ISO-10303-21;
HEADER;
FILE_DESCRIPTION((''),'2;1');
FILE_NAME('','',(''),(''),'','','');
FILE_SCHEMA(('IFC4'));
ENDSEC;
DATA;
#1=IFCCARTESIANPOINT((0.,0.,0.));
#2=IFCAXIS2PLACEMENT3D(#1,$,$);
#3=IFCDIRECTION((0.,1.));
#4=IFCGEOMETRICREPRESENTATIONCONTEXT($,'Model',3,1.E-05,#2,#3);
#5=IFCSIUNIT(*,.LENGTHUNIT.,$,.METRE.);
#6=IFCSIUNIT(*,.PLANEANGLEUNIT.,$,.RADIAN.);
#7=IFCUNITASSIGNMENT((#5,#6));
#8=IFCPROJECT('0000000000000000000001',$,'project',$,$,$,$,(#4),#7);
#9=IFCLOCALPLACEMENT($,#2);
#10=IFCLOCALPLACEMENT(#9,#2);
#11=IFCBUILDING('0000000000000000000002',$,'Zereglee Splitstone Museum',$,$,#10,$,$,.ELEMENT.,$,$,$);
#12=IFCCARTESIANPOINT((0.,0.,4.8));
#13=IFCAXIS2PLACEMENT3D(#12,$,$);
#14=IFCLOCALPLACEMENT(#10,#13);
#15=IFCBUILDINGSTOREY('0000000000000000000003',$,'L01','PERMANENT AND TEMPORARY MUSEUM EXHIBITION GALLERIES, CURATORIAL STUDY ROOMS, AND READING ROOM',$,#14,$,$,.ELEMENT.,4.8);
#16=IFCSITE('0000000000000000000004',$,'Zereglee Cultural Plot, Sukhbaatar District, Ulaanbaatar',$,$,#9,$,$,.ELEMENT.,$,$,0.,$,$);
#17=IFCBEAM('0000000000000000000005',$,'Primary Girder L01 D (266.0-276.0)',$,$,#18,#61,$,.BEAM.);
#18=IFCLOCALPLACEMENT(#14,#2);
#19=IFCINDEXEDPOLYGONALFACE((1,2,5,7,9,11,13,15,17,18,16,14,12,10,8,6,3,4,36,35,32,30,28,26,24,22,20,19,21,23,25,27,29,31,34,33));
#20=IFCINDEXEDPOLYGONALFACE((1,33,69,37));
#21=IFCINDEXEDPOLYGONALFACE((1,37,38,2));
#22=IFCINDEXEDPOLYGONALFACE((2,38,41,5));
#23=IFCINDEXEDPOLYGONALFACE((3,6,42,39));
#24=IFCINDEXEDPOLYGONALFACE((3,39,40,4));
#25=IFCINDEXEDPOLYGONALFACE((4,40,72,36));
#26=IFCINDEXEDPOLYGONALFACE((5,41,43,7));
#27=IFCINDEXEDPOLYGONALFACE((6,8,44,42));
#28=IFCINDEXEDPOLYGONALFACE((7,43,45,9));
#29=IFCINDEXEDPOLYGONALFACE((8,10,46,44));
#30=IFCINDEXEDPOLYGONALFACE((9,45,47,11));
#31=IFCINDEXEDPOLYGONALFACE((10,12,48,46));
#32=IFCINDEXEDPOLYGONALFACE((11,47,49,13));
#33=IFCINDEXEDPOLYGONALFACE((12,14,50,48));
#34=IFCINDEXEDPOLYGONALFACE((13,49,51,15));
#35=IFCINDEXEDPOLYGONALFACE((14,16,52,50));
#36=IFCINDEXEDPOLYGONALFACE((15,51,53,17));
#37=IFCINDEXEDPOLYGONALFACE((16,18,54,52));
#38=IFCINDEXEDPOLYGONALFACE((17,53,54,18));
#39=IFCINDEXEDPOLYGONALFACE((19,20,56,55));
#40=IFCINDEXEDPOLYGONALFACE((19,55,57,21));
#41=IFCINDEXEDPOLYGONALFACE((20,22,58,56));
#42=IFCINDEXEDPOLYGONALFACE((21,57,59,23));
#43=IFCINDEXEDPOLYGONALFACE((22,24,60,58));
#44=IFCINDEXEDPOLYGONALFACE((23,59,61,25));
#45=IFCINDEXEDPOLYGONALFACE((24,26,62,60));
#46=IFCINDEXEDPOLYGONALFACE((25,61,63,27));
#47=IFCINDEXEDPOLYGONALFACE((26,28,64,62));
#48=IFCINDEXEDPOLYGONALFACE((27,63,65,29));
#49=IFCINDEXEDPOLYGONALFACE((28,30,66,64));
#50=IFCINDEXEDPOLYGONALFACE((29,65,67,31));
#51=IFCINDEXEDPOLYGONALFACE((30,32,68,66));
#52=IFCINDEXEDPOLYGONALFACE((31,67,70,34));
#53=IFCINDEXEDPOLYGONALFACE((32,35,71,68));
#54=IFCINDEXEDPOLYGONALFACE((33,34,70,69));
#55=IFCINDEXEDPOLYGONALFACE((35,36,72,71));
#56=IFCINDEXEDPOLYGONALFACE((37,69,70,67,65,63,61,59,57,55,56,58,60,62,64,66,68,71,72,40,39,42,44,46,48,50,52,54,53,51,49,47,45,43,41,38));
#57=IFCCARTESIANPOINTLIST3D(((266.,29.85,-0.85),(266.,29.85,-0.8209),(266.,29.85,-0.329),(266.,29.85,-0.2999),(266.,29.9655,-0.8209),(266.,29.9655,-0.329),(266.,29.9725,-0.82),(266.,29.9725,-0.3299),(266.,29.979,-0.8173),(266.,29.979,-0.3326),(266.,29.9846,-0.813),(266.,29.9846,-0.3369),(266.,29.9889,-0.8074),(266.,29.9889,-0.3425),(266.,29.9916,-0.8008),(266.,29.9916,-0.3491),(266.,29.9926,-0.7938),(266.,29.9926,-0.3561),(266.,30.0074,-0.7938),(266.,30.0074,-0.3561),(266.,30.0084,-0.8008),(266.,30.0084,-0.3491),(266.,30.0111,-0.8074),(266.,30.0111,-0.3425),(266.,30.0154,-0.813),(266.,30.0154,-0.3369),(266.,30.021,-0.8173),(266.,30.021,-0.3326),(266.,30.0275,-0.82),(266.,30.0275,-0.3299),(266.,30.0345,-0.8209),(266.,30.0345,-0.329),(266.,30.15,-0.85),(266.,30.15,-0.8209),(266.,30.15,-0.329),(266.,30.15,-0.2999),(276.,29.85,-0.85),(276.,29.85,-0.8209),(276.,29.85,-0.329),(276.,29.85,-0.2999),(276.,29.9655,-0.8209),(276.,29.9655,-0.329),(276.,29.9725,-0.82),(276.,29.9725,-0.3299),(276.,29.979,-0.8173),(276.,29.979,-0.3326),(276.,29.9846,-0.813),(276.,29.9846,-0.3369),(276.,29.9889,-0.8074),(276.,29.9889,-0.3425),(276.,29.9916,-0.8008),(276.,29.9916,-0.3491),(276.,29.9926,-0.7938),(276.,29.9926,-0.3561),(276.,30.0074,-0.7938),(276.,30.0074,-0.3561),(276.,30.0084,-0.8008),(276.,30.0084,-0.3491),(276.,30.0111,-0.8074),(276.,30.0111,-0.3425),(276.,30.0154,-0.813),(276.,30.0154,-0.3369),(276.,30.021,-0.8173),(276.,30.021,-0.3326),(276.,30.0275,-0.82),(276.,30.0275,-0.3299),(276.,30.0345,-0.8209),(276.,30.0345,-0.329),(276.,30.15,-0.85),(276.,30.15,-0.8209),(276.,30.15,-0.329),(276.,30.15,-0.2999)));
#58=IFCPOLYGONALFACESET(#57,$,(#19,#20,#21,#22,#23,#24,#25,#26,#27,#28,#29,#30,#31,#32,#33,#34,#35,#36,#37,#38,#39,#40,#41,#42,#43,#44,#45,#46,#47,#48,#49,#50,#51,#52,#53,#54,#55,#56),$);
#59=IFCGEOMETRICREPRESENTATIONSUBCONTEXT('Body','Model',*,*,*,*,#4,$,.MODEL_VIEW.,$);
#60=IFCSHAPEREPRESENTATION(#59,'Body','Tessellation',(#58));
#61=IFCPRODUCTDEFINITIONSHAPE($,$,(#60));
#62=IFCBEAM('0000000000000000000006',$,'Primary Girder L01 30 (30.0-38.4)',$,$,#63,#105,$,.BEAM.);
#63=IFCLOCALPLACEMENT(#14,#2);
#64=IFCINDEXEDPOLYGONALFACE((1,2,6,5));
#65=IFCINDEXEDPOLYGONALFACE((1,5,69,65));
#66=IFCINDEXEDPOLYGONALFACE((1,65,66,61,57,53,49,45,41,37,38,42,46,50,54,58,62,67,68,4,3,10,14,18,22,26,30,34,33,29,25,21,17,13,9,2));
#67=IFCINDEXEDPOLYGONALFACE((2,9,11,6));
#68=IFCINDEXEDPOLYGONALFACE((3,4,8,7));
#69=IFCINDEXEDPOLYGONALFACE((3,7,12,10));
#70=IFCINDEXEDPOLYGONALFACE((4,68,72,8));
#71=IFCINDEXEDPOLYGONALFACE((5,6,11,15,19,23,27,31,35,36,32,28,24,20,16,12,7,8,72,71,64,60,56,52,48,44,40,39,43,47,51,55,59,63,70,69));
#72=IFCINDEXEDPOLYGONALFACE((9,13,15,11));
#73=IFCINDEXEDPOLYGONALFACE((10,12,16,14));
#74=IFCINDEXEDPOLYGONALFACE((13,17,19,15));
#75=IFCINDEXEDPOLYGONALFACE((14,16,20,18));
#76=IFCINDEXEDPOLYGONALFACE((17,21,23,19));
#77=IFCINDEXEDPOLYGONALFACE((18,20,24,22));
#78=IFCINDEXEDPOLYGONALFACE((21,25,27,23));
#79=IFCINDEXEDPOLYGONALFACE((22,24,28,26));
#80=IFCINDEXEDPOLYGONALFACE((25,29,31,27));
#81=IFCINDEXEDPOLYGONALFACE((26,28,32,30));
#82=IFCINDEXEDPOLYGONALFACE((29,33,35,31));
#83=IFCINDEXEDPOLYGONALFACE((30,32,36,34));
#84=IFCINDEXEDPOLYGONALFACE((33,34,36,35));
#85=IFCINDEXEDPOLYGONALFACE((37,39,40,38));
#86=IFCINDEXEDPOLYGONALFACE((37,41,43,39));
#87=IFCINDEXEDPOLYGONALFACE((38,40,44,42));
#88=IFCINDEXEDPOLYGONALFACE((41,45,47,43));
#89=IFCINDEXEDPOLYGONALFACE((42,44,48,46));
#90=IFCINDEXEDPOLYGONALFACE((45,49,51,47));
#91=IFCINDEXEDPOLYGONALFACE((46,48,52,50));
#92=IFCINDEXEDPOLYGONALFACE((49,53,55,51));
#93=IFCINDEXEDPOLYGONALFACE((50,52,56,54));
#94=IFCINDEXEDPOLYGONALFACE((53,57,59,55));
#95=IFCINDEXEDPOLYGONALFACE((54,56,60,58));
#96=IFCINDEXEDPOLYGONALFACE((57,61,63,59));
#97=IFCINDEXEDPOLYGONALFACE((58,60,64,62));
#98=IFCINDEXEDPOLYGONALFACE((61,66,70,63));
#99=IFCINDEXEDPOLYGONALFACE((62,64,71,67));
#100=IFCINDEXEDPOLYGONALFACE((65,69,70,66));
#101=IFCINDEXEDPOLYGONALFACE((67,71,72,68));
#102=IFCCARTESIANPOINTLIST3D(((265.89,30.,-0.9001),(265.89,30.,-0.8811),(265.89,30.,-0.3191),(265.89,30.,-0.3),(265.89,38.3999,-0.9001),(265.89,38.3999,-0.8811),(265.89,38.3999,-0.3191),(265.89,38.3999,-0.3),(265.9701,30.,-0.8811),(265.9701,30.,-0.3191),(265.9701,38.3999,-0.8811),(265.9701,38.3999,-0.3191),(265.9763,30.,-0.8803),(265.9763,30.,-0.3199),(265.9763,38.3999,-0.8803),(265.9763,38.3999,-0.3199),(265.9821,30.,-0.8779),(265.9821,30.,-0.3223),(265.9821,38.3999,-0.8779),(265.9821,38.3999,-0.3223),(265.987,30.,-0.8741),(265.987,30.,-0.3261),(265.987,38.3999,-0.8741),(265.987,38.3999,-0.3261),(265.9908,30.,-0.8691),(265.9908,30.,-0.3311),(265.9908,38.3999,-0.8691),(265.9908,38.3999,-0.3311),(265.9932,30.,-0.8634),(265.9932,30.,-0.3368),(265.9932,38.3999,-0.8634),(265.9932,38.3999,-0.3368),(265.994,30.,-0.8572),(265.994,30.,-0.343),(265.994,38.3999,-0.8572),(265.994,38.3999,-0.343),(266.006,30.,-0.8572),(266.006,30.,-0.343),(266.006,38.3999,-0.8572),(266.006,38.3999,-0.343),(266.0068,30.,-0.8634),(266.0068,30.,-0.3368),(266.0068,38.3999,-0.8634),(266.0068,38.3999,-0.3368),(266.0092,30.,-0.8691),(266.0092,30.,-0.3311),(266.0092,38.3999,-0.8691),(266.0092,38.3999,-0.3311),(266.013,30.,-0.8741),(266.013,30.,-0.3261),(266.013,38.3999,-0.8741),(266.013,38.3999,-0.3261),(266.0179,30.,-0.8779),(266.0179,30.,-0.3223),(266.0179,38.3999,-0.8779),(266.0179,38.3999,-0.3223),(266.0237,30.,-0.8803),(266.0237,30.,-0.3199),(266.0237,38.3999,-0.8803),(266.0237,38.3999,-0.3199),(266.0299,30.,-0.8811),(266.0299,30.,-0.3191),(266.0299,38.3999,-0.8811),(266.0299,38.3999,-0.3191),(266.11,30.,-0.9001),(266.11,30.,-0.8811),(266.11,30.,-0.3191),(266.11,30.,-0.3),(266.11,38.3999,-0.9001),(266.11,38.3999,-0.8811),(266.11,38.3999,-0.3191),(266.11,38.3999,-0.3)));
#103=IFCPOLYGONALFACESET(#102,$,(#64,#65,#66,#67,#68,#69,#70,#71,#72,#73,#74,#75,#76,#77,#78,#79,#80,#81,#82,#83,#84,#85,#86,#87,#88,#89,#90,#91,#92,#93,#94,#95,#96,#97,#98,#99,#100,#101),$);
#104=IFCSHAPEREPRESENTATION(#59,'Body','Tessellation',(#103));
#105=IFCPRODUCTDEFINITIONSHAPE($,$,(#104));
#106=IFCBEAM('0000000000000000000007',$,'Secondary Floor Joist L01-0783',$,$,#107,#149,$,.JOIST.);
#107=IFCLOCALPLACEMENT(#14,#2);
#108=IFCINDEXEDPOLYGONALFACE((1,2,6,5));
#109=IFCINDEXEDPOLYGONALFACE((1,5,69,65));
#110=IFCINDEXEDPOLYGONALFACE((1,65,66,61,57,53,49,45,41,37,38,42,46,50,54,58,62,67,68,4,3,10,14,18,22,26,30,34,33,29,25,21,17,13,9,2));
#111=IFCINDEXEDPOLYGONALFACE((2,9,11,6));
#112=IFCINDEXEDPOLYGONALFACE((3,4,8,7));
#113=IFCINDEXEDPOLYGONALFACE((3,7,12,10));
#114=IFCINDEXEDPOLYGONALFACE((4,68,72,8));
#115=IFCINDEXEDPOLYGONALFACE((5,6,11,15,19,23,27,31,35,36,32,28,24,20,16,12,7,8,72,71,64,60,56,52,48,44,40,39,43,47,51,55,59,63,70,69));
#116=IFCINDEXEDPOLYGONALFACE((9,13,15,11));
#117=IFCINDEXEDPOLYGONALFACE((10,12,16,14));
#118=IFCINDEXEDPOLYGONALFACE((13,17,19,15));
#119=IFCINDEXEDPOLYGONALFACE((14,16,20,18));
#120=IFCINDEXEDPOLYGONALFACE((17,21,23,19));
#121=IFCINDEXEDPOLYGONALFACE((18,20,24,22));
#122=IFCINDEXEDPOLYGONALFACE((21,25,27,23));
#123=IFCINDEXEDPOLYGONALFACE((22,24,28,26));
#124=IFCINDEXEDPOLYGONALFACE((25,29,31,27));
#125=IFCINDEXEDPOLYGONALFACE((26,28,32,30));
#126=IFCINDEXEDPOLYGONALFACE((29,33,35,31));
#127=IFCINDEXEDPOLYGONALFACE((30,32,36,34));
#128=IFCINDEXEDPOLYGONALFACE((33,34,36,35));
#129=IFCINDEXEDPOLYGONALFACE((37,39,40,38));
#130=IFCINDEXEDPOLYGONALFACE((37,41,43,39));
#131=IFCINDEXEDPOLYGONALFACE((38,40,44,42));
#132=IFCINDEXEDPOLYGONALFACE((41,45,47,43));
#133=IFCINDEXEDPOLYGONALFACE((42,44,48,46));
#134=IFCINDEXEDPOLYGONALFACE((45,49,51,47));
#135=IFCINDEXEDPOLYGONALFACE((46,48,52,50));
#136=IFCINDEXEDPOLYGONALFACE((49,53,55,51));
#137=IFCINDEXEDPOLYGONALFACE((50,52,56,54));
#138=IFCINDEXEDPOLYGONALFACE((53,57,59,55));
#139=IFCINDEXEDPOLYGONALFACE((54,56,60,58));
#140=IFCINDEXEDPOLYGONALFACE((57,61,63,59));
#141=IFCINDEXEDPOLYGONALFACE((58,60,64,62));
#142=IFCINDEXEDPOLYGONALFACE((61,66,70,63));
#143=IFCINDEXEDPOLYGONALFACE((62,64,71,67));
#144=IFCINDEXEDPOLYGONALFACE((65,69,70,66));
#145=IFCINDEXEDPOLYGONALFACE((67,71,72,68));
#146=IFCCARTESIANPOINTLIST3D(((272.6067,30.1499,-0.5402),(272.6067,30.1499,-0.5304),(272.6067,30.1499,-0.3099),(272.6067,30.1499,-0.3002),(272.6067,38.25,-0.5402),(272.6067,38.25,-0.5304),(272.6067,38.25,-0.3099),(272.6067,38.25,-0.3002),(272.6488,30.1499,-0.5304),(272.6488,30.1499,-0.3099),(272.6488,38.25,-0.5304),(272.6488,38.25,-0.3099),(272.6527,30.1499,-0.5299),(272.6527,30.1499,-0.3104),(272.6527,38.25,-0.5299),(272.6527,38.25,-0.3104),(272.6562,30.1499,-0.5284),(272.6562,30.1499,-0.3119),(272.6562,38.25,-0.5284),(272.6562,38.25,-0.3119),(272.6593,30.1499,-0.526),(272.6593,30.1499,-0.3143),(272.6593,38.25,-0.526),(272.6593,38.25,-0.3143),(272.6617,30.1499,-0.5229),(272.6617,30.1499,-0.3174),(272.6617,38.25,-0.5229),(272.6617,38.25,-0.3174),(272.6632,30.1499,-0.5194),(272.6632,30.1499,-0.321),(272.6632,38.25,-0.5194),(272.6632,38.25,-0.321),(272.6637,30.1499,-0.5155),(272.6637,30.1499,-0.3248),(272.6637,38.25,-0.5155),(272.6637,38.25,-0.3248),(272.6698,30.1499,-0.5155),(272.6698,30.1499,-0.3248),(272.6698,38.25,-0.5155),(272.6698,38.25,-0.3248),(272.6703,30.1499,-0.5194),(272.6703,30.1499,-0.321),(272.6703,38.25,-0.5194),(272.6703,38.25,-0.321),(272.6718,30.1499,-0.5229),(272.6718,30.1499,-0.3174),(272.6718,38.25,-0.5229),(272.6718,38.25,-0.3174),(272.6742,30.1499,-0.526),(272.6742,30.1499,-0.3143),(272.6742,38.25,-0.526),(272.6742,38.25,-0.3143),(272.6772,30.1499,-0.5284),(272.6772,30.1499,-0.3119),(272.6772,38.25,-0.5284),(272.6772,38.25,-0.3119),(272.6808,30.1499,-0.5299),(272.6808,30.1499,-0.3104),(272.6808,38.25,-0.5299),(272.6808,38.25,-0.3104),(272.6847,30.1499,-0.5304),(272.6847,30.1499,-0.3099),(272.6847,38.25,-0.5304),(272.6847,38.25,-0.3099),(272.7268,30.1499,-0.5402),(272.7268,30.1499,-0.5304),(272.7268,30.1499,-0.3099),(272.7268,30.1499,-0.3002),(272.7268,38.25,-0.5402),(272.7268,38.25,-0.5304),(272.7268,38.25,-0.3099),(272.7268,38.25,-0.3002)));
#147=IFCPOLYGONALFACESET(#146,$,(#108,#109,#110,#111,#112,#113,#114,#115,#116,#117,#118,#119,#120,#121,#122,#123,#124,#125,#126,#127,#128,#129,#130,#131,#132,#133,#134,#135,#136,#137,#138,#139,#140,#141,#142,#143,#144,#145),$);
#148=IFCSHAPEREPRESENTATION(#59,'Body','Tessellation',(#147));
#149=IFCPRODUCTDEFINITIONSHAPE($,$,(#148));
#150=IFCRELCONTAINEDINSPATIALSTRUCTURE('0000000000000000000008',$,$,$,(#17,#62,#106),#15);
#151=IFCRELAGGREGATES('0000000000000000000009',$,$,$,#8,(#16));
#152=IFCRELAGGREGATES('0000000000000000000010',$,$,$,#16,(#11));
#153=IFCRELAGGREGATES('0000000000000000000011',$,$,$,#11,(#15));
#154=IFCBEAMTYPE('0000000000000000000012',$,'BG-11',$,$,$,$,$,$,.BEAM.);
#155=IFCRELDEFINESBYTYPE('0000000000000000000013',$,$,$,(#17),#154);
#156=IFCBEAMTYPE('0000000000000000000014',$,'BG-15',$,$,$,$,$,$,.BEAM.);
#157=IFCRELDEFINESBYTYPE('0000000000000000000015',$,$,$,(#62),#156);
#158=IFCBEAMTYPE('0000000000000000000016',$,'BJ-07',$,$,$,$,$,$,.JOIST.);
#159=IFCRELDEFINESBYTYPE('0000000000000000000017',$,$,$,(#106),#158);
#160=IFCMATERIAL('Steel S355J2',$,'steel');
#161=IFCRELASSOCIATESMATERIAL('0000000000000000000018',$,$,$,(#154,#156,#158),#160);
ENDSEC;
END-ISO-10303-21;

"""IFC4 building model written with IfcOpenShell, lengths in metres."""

from ifc_helpers import new_model, si_unit, direction, frame, origin, origin_2d, place, context, subcontext, project, spatial, i_section, extrude, material, material_profile, profile_set, type_object, element, save


model = new_model("IFC4")

# Units and contexts
model_context = context("Model", 3, precision=1e-05, world=origin(), true_north=direction((0.0, 1.0)))
body_context = subcontext(model_context, "Body", "Model", "MODEL_VIEW")
ifc_project = project(units=[si_unit("LENGTHUNIT", "METRE"), si_unit("PLANEANGLEUNIT", "RADIAN")], contexts=[model_context])

# Site, building, storey
site_placement = place(None, origin())
site = spatial("IfcSite", under=ifc_project, at=site_placement, Name="Zereglee Cultural Plot, Sukhbaatar District, Ulaanbaatar", CompositionType="ELEMENT", RefElevation=0.0)
building_placement = place(site_placement, origin())
building = spatial("IfcBuilding", under=site, at=building_placement, Name="Zereglee Splitstone Museum", CompositionType="ELEMENT")
storey_placement = place(building_placement, frame((0.0, 0.0, 4.8)))
storey = spatial("IfcBuildingStorey", under=building, at=storey_placement, Name="L01", Description="PERMANENT AND TEMPORARY MUSEUM EXHIBITION GALLERIES, CURATORIAL STUDY ROOMS, AND READING ROOM", CompositionType="ELEMENT", Elevation=4.8)

# Shared definitions
ifc_material_1 = material(Name="Steel S355J2", Category="steel")

# Beams
ifc_material_profile_1 = material_profile(ifc_material_1, i_section(OverallWidth=0.3, OverallDepth=0.55, WebThickness=0.0149, FlangeThickness=0.0291, FilletRadius=0.0271, at=origin_2d()), Name="HE 550 B")
ifc_profile_set_1 = profile_set([ifc_material_profile_1], Name="Steel S355J2")
beam_type_1 = type_object("IfcBeamType", Name="BG-11", PredefinedType="BEAM", material=ifc_profile_set_1)
beam_1_placement = place(storey_placement, frame((266.0, 30.0, -0.575), z_axis=(1.0, 0.0, 0.0), x_axis=(0.0, 1.0, 0.0)))
element("IfcBeam", 1, at=beam_1_placement, inside=storey, type_object=beam_type_1, Name="Primary Girder L01 D (266.0-276.0)", PredefinedType="BEAM", context=body_context, shape_type="SweptSolid", body=[
    extrude(i_section(OverallWidth=0.3, OverallDepth=0.55, WebThickness=0.0149, FlangeThickness=0.0291, FilletRadius=0.0271, at=origin_2d()), origin(), (0.0, 0.0, 1.0), 10.0),
])
ifc_material_profile_2 = material_profile(ifc_material_1, i_section(OverallWidth=0.22, OverallDepth=0.6001, WebThickness=0.012, FlangeThickness=0.019, FilletRadius=0.0239, at=origin_2d()), Name="IPE 600")
ifc_profile_set_2 = profile_set([ifc_material_profile_2], Name="Steel S355J2")
beam_type_2 = type_object("IfcBeamType", Name="BG-15", PredefinedType="BEAM", material=ifc_profile_set_2)
beam_2_placement = place(storey_placement, frame((266.0, 30.0, -0.6001), z_axis=(0.0, 1.0, 0.0), x_axis=(-1.0, 0.0, 0.0)))
element("IfcBeam", 2, at=beam_2_placement, inside=storey, type_object=beam_type_2, Name="Primary Girder L01 30 (30.0-38.4)", PredefinedType="BEAM", context=body_context, shape_type="SweptSolid", body=[
    extrude(i_section(OverallWidth=0.22, OverallDepth=0.6001, WebThickness=0.012, FlangeThickness=0.019, FilletRadius=0.0239, at=origin_2d()), origin(), (0.0, 0.0, 1.0), 8.3999),
])
ifc_material_profile_3 = material_profile(ifc_material_1, i_section(OverallWidth=0.1201, OverallDepth=0.24, WebThickness=0.0061, FlangeThickness=0.0098, FilletRadius=0.0149, at=origin_2d()), Name="IPE 240")
ifc_profile_set_3 = profile_set([ifc_material_profile_3], Name="Steel S355J2")
beam_type_3 = type_object("IfcBeamType", Name="BJ-07", PredefinedType="JOIST", material=ifc_profile_set_3)
beam_3_placement = place(storey_placement, frame((272.6667, 30.1499, -0.4202), z_axis=(0.0, 1.0, 0.0), x_axis=(-1.0, 0.0, 0.0)))
element("IfcBeam", 3, at=beam_3_placement, inside=storey, type_object=beam_type_3, Name="Secondary Floor Joist L01-0783", PredefinedType="JOIST", context=body_context, shape_type="SweptSolid", body=[
    extrude(i_section(OverallWidth=0.1201, OverallDepth=0.24, WebThickness=0.0061, FlangeThickness=0.0098, FilletRadius=0.0149, at=origin_2d()), origin(), (0.0, 0.0, 1.0), 8.1001),
])

save(model, "model.ifc")
